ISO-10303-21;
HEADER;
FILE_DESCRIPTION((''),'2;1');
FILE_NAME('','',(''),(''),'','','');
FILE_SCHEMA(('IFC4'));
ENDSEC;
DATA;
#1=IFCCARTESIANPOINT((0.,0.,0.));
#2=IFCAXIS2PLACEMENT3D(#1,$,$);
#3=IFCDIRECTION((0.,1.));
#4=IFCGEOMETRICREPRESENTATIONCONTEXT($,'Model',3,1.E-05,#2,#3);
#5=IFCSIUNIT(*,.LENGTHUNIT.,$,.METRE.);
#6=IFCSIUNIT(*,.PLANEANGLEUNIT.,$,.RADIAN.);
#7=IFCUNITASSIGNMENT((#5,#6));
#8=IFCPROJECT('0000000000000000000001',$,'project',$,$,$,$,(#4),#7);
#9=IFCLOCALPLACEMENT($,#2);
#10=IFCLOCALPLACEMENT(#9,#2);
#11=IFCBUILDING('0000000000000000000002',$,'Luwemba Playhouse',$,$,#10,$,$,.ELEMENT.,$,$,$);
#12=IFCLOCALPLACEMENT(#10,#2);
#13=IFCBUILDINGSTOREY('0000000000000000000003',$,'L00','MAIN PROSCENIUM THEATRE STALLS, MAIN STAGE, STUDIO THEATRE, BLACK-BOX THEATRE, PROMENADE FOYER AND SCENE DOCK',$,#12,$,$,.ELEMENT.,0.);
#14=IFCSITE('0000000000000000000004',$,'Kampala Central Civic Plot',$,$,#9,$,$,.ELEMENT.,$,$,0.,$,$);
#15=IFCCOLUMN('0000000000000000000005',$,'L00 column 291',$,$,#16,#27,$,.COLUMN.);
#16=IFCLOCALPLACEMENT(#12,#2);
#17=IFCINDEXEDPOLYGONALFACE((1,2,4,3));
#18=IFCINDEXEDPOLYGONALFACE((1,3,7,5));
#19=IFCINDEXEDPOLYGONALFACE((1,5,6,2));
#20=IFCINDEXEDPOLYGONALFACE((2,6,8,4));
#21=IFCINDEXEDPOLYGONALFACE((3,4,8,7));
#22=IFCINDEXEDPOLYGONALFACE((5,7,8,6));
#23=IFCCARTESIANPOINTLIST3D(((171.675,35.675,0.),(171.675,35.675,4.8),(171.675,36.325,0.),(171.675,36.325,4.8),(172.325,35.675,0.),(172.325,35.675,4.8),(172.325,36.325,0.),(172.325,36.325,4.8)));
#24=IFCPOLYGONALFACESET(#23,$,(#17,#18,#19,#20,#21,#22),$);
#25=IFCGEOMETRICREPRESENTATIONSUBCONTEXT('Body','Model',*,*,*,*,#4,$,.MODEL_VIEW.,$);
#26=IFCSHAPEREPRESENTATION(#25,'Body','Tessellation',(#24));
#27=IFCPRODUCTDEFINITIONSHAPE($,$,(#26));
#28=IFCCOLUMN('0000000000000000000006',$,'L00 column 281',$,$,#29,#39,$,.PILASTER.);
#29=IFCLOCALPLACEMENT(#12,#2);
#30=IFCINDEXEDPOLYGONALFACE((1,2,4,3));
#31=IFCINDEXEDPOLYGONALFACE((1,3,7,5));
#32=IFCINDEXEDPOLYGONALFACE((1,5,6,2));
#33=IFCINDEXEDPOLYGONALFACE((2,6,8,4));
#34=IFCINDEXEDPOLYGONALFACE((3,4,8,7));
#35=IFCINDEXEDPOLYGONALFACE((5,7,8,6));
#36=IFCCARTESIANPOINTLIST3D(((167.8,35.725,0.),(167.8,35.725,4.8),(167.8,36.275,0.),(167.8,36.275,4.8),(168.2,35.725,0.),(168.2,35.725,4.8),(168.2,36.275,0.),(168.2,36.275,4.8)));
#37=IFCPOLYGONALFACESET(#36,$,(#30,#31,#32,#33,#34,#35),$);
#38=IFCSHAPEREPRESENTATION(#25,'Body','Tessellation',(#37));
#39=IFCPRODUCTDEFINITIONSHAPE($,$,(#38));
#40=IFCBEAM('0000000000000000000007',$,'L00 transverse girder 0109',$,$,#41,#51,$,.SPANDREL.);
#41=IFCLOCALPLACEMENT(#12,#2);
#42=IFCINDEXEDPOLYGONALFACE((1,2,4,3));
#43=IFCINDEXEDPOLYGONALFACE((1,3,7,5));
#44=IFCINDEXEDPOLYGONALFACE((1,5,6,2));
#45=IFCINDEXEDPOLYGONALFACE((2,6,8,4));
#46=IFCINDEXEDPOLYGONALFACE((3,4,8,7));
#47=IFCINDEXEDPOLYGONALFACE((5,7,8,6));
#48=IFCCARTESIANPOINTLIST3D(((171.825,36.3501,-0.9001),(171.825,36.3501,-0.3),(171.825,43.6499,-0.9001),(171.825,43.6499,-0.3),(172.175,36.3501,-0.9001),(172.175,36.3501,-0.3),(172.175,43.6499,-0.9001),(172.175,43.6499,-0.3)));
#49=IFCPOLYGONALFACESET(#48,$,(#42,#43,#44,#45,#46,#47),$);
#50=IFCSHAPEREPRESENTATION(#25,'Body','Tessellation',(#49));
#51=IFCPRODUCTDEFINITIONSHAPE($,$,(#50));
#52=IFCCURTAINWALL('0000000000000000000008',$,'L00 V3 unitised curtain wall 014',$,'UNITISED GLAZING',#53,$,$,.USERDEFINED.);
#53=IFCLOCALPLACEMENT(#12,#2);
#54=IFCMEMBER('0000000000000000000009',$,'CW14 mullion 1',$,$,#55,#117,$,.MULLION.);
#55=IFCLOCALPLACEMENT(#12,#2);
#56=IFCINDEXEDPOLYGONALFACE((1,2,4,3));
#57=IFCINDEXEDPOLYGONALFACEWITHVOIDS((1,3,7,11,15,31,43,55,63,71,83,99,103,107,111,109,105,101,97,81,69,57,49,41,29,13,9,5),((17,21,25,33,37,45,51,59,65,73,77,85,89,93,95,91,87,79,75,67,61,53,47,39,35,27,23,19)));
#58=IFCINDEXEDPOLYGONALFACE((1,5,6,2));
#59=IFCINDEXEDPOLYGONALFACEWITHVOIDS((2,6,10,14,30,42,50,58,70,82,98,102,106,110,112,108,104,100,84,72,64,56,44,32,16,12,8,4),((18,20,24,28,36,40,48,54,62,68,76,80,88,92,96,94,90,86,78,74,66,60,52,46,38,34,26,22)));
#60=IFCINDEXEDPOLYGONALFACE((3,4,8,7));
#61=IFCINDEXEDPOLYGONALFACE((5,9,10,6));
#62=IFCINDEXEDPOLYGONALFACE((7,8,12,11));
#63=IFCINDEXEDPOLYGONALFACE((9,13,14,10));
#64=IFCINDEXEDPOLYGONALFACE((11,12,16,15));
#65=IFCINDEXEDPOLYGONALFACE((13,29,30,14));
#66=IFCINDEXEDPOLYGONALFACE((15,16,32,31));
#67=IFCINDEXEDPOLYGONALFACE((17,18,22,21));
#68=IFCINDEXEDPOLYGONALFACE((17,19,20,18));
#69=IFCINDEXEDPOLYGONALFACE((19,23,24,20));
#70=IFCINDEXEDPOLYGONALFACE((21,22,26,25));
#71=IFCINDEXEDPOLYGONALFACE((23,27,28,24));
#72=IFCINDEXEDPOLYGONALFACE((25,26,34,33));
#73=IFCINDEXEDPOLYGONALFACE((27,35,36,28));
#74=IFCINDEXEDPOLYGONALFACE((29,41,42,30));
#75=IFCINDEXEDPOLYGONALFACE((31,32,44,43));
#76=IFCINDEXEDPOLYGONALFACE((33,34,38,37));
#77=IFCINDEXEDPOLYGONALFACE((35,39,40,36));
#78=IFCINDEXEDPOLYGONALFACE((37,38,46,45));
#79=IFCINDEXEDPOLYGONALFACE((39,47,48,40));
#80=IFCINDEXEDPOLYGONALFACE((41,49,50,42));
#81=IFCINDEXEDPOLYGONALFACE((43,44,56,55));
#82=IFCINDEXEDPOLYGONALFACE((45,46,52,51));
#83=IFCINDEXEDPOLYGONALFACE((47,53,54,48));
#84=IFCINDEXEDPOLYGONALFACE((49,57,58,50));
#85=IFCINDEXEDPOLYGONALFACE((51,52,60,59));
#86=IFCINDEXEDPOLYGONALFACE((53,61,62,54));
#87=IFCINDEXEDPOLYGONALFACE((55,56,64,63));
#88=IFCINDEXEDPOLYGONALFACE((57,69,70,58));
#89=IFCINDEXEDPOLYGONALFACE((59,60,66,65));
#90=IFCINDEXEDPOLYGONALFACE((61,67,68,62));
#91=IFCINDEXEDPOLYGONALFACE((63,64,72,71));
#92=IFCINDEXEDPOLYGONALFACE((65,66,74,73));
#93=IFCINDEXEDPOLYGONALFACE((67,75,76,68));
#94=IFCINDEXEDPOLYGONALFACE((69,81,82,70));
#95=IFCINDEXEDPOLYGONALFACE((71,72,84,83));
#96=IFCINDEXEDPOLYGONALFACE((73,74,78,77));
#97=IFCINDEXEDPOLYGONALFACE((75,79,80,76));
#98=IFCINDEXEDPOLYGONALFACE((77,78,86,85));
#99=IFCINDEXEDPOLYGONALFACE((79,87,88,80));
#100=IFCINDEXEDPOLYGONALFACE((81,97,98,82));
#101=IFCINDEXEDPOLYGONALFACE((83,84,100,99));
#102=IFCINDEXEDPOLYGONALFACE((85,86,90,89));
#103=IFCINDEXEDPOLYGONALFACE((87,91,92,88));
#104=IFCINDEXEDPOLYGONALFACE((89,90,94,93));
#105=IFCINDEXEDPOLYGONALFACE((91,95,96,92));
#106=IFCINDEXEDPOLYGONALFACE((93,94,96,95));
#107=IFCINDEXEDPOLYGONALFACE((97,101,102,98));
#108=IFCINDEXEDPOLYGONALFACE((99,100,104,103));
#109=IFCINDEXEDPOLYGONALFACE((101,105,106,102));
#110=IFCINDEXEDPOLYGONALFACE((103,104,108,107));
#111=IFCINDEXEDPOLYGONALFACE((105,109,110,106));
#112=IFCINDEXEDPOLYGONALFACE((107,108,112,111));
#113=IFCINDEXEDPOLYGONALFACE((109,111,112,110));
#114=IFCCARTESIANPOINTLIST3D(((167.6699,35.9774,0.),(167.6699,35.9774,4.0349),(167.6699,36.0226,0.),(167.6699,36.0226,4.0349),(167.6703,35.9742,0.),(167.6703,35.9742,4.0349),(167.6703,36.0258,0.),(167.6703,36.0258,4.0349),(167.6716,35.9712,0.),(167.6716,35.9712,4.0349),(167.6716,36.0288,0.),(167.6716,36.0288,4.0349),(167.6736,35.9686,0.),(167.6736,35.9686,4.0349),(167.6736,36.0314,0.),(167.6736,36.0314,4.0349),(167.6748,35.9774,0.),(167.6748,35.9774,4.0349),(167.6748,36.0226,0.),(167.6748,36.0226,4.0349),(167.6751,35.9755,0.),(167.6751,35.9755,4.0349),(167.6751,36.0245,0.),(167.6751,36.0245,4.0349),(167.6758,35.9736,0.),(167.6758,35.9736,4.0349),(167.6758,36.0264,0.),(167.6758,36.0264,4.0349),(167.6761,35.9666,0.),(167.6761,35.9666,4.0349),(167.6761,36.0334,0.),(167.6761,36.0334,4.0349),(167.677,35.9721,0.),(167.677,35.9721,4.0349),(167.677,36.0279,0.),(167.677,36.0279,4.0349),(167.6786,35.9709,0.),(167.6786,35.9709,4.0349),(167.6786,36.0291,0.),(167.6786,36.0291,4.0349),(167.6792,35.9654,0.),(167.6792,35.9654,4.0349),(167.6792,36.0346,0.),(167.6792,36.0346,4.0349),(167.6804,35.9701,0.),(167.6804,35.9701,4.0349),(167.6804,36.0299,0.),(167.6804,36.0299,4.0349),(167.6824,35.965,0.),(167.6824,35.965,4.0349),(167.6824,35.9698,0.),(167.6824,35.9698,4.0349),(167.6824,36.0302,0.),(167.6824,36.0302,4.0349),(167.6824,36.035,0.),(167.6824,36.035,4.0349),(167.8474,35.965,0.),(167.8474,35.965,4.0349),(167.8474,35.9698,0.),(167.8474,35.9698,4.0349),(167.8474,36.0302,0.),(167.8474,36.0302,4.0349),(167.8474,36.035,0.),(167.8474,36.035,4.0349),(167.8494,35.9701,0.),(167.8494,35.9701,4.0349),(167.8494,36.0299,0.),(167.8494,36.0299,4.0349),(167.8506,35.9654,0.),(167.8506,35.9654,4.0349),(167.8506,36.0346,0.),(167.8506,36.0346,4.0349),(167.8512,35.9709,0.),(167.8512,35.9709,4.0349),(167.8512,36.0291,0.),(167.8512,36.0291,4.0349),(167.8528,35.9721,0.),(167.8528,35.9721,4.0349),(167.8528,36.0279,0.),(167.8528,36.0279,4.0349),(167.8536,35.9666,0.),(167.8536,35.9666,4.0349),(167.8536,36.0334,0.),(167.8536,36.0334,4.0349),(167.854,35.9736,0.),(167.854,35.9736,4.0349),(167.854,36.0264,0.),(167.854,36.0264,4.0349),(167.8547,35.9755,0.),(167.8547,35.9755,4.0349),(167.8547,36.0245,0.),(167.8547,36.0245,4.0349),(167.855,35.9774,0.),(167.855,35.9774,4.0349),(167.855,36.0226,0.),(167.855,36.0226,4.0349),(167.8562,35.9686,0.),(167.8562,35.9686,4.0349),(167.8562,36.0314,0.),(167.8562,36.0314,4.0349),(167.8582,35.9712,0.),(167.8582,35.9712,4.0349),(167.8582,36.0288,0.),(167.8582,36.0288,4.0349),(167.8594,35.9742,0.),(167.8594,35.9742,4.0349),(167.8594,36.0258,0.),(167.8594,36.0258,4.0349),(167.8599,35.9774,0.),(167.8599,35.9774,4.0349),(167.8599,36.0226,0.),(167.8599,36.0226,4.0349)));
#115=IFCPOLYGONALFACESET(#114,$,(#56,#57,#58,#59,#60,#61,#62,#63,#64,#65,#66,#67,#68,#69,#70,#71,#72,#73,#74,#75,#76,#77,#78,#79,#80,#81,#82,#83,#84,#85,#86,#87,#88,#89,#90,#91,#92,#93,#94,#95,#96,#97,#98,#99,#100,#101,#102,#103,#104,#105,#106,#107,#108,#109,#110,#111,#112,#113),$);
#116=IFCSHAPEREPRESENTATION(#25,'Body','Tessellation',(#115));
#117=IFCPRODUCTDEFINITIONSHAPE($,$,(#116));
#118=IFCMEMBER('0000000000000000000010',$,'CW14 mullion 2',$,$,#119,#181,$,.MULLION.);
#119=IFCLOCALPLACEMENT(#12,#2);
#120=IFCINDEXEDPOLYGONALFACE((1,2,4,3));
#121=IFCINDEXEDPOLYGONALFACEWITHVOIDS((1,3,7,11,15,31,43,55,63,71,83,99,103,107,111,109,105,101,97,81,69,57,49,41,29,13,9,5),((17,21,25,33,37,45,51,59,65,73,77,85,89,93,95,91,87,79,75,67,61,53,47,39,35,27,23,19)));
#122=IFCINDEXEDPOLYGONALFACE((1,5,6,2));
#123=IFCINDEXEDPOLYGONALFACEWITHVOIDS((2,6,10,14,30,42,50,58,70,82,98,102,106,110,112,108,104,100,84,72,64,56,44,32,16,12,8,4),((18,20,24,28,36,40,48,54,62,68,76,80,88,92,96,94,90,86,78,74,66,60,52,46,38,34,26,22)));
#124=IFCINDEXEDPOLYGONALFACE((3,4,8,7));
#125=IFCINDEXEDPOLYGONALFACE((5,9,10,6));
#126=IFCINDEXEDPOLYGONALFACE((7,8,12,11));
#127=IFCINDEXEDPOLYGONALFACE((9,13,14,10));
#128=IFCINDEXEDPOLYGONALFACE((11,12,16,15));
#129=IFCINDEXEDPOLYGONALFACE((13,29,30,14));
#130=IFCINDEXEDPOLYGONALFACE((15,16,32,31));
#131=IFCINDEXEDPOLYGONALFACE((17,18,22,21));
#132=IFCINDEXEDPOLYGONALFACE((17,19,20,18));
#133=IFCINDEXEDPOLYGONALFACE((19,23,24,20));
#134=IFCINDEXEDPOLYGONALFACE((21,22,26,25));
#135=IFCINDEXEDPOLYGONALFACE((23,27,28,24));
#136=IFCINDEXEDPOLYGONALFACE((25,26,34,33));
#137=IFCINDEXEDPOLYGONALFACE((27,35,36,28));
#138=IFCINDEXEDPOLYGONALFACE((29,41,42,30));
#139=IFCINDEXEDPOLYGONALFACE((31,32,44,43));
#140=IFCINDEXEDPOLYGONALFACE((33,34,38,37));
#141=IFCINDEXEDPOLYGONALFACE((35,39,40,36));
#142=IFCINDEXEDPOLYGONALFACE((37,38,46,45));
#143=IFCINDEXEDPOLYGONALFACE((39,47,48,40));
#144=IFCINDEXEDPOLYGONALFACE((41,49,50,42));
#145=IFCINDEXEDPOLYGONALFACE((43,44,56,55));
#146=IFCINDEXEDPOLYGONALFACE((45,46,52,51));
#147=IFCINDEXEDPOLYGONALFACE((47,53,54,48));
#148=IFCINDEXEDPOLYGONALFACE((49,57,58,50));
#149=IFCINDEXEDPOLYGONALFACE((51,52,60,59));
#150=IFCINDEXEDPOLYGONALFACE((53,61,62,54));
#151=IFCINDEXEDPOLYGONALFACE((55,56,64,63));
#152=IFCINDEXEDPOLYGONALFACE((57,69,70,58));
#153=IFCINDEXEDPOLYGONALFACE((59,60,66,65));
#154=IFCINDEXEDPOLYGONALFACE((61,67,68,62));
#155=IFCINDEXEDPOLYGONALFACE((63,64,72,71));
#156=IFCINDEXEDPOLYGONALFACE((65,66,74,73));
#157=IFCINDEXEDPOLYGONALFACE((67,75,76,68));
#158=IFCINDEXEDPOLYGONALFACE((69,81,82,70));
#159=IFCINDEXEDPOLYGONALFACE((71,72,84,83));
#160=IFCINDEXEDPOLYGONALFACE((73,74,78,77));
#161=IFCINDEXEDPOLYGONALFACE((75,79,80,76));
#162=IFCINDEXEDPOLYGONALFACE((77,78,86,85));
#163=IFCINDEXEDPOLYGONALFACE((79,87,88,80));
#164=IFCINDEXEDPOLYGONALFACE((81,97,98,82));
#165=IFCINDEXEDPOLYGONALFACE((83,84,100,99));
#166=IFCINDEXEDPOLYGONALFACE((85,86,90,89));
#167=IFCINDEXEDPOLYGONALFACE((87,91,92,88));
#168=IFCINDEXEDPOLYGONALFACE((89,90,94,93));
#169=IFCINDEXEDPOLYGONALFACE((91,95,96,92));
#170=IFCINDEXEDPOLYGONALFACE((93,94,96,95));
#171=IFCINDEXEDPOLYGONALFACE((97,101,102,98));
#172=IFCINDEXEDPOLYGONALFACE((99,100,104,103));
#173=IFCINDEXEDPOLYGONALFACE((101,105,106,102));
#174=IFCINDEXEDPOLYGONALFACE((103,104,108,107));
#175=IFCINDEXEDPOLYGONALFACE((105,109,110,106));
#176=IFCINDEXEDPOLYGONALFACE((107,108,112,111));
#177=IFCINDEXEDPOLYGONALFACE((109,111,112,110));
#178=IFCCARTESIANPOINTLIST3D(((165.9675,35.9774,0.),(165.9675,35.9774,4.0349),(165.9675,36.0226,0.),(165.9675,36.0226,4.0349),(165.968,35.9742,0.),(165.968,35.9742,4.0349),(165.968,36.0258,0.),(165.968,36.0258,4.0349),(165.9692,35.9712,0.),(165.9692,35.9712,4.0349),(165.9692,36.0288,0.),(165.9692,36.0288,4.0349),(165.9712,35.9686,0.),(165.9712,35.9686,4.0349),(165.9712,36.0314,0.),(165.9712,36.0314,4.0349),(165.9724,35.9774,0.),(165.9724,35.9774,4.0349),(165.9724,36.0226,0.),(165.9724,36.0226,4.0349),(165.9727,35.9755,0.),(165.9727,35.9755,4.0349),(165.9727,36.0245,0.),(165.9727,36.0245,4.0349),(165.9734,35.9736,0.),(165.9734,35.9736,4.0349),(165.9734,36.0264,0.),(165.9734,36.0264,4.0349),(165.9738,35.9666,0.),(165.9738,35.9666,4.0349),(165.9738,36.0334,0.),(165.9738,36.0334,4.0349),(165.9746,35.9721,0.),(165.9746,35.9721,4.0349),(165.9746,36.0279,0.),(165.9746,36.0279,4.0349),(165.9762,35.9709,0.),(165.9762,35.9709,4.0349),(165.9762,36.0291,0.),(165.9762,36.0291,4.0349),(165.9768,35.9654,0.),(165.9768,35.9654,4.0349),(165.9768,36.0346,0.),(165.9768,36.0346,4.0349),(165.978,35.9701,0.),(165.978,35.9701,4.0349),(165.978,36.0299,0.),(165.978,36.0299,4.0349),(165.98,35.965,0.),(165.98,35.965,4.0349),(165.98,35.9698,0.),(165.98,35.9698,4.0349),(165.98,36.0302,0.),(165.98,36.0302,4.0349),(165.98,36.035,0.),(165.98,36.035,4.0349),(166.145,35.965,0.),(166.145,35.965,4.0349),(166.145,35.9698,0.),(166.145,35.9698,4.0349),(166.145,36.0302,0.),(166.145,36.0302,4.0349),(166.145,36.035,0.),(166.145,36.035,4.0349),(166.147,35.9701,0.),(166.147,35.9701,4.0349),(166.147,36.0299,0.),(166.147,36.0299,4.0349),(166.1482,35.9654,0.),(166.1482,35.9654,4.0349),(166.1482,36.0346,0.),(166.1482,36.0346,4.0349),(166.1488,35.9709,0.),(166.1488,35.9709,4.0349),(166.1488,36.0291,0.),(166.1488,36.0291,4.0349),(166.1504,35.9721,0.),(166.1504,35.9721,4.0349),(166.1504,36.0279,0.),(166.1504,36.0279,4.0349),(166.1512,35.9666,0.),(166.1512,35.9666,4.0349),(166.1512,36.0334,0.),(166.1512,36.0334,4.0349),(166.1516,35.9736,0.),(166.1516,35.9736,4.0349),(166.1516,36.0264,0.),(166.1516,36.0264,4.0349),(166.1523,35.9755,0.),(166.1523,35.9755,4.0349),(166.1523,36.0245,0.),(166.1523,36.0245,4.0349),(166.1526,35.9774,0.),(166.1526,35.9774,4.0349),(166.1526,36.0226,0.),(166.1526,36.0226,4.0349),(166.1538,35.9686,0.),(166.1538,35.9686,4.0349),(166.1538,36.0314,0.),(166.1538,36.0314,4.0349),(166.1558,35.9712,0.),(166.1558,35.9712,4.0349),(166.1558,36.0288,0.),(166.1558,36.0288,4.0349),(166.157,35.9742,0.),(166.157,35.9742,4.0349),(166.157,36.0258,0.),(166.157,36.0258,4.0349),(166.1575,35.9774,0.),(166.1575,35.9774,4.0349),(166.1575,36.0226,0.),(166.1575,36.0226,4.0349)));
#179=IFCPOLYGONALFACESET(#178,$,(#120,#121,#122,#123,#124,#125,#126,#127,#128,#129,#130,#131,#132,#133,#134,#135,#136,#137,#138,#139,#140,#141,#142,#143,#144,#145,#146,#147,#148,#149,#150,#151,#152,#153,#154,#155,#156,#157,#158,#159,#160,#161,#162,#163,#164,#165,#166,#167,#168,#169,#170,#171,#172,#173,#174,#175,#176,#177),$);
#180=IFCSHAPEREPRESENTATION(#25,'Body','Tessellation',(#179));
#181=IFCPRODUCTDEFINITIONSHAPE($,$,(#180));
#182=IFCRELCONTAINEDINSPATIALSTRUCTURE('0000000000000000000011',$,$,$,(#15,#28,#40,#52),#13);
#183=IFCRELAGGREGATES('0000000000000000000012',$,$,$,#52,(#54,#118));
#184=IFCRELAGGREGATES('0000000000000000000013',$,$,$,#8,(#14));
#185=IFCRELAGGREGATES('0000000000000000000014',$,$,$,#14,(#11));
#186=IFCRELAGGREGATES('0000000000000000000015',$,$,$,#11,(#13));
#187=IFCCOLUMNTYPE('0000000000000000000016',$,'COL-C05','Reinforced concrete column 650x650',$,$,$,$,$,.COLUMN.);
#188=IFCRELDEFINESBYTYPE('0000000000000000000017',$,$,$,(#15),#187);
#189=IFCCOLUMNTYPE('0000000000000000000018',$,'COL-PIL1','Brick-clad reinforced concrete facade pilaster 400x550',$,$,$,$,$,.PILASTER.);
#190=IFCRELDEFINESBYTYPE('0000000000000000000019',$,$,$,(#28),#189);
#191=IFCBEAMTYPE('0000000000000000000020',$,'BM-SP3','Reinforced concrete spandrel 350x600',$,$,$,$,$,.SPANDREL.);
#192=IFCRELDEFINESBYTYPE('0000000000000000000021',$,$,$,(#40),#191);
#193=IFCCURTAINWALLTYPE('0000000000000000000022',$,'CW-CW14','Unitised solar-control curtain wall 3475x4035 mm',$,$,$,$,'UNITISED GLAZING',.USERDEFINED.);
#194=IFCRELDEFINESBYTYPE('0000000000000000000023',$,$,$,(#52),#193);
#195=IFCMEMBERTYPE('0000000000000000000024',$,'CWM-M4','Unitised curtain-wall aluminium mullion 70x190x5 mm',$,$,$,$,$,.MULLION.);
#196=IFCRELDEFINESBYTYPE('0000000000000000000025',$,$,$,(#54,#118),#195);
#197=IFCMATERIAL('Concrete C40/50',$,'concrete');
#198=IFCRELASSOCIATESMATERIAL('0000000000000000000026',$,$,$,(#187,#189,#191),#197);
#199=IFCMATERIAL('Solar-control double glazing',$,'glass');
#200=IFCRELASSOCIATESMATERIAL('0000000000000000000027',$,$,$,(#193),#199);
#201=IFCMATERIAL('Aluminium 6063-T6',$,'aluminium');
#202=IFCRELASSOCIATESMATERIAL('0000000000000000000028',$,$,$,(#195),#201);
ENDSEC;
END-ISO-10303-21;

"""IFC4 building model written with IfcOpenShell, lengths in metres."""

from ifc_helpers import new_model, si_unit, direction, frame, origin, origin_2d, place, context, subcontext, project, spatial, rectangle, hollow_rectangle, extrude, material, material_profile, profile_set, type_object, element, aggregate, save


model = new_model("IFC4")

# Units and contexts
model_context = context("Model", 3, precision=1e-05, world=origin(), true_north=direction((0.0, 1.0)))
body_context = subcontext(model_context, "Body", "Model", "MODEL_VIEW")
ifc_project = project(units=[si_unit("LENGTHUNIT", "METRE"), si_unit("PLANEANGLEUNIT", "RADIAN")], contexts=[model_context])

# Site, building, storey
site_placement = place(None, origin())
site = spatial("IfcSite", under=ifc_project, at=site_placement, Name="Kampala Central Civic Plot", CompositionType="ELEMENT", RefElevation=0.0)
building_placement = place(site_placement, origin())
building = spatial("IfcBuilding", under=site, at=building_placement, Name="Luwemba Playhouse", CompositionType="ELEMENT")
storey_placement = place(building_placement, origin())
storey = spatial("IfcBuildingStorey", under=building, at=storey_placement, Name="L00", Description="MAIN PROSCENIUM THEATRE STALLS, MAIN STAGE, STUDIO THEATRE, BLACK-BOX THEATRE, PROMENADE FOYER AND SCENE DOCK", CompositionType="ELEMENT", Elevation=0.0)

# Columns
ifc_material_1 = material(Name="Concrete C40/50", Category="concrete")
ifc_material_profile_1 = material_profile(ifc_material_1, rectangle(XDim=0.6499, YDim=0.6499, at=origin_2d()))
ifc_profile_set_1 = profile_set([ifc_material_profile_1], Name="Concrete C40/50")
column_type_1 = type_object("IfcColumnType", Name="COL-C05", Description="Reinforced concrete column 650x650", PredefinedType="COLUMN", material=ifc_profile_set_1)
column_1_placement = place(storey_placement, frame((172.0, 36.0, 0.0), z_axis=(0.0, 0.0, 1.0), x_axis=(1.0, 0.0, 0.0)))
element("IfcColumn", 1, at=column_1_placement, inside=storey, type_object=column_type_1, Name="L00 column 291", PredefinedType="COLUMN", context=body_context, shape_type="SweptSolid", body=[
    extrude(rectangle(XDim=0.6499, YDim=0.6499, at=origin_2d()), origin(), (0.0, 0.0, 1.0), 4.8),
])
ifc_material_profile_2 = material_profile(ifc_material_1, rectangle(XDim=0.3999, YDim=0.55, at=origin_2d()))
ifc_profile_set_2 = profile_set([ifc_material_profile_2], Name="Concrete C40/50")
column_type_2 = type_object("IfcColumnType", Name="COL-PIL1", Description="Brick-clad reinforced concrete facade pilaster 400x550", PredefinedType="PILASTER", material=ifc_profile_set_2)
column_2_placement = place(storey_placement, frame((168.0, 36.0, 0.0), z_axis=(0.0, 0.0, 1.0), x_axis=(1.0, 0.0, 0.0)))
element("IfcColumn", 2, at=column_2_placement, inside=storey, type_object=column_type_2, Name="L00 column 281", PredefinedType="PILASTER", context=body_context, shape_type="SweptSolid", body=[
    extrude(rectangle(XDim=0.3999, YDim=0.55, at=origin_2d()), origin(), (0.0, 0.0, 1.0), 4.8),
])

# Beam
ifc_material_profile_3 = material_profile(ifc_material_1, rectangle(XDim=0.3501, YDim=0.6001, at=origin_2d()))
ifc_profile_set_3 = profile_set([ifc_material_profile_3], Name="Concrete C40/50")
beam_type = type_object("IfcBeamType", Name="BM-SP3", Description="Reinforced concrete spandrel 350x600", PredefinedType="SPANDREL", material=ifc_profile_set_3)
beam_placement = place(storey_placement, frame((172.0, 36.3501, -0.6001), z_axis=(0.0, 1.0, 0.0), x_axis=(-1.0, 0.0, 0.0)))
element("IfcBeam", 3, at=beam_placement, inside=storey, type_object=beam_type, Name="L00 transverse girder 0109", PredefinedType="SPANDREL", context=body_context, shape_type="SweptSolid", body=[
    extrude(rectangle(XDim=0.3501, YDim=0.6001, at=origin_2d()), origin(), (0.0, 0.0, 1.0), 7.2998),
])

# Curtain wall, members
ifc_material_2 = material(Name="Solar-control double glazing", Category="glass")
curtain_wall_type = type_object("IfcCurtainWallType", Name="CW-CW14", Description="Unitised solar-control curtain wall 3475x4035 mm", ElementType="UNITISED GLAZING", PredefinedType="USERDEFINED", material=ifc_material_2)
curtain_wall_placement = place(storey_placement, origin())
curtain_wall = element("IfcCurtainWall", 4, at=curtain_wall_placement, inside=storey, type_object=curtain_wall_type, Name="L00 V3 unitised curtain wall 014", ObjectType="UNITISED GLAZING", PredefinedType="USERDEFINED")
ifc_material_3 = material(Name="Aluminium 6063-T6", Category="aluminium")
ifc_material_profile_4 = material_profile(ifc_material_3, hollow_rectangle(XDim=0.0701, YDim=0.1899, WallThickness=0.0049, InnerFilletRadius=0.0076, OuterFilletRadius=0.0125, at=origin_2d()))
ifc_profile_set_4 = profile_set([ifc_material_profile_4], Name="Aluminium 6063-T6")
member_type_1 = type_object("IfcMemberType", Name="CWM-M4", Description="Unitised curtain-wall aluminium mullion 70x190x5 mm", PredefinedType="MULLION", material=ifc_profile_set_4)
member_1_placement = place(storey_placement, frame((167.7649, 36.0, 0.0), z_axis=(0.0, 0.0, 1.0), x_axis=(0.0, -1.0, 0.0)))
member_1 = element("IfcMember", 5, at=member_1_placement, type_object=member_type_1, Name="CW14 mullion 1", PredefinedType="MULLION", context=body_context, shape_type="SweptSolid", body=[
    extrude(hollow_rectangle(XDim=0.0701, YDim=0.1899, WallThickness=0.0049, InnerFilletRadius=0.0076, OuterFilletRadius=0.0125, at=origin_2d()), origin(), (0.0, 0.0, 1.0), 4.0349),
])
member_2_placement = place(storey_placement, frame((166.0625, 36.0, 0.0), z_axis=(0.0, 0.0, 1.0), x_axis=(0.0, -1.0, 0.0)))
member_2 = element("IfcMember", 6, at=member_2_placement, type_object=member_type_1, Name="CW14 mullion 2", PredefinedType="MULLION", context=body_context, shape_type="SweptSolid", body=[
    extrude(hollow_rectangle(XDim=0.0701, YDim=0.1899, WallThickness=0.0049, InnerFilletRadius=0.0076, OuterFilletRadius=0.0125, at=origin_2d()), origin(), (0.0, 0.0, 1.0), 4.0349),
])
aggregate(curtain_wall, [member_1, member_2])

save(model, "model.ifc")
